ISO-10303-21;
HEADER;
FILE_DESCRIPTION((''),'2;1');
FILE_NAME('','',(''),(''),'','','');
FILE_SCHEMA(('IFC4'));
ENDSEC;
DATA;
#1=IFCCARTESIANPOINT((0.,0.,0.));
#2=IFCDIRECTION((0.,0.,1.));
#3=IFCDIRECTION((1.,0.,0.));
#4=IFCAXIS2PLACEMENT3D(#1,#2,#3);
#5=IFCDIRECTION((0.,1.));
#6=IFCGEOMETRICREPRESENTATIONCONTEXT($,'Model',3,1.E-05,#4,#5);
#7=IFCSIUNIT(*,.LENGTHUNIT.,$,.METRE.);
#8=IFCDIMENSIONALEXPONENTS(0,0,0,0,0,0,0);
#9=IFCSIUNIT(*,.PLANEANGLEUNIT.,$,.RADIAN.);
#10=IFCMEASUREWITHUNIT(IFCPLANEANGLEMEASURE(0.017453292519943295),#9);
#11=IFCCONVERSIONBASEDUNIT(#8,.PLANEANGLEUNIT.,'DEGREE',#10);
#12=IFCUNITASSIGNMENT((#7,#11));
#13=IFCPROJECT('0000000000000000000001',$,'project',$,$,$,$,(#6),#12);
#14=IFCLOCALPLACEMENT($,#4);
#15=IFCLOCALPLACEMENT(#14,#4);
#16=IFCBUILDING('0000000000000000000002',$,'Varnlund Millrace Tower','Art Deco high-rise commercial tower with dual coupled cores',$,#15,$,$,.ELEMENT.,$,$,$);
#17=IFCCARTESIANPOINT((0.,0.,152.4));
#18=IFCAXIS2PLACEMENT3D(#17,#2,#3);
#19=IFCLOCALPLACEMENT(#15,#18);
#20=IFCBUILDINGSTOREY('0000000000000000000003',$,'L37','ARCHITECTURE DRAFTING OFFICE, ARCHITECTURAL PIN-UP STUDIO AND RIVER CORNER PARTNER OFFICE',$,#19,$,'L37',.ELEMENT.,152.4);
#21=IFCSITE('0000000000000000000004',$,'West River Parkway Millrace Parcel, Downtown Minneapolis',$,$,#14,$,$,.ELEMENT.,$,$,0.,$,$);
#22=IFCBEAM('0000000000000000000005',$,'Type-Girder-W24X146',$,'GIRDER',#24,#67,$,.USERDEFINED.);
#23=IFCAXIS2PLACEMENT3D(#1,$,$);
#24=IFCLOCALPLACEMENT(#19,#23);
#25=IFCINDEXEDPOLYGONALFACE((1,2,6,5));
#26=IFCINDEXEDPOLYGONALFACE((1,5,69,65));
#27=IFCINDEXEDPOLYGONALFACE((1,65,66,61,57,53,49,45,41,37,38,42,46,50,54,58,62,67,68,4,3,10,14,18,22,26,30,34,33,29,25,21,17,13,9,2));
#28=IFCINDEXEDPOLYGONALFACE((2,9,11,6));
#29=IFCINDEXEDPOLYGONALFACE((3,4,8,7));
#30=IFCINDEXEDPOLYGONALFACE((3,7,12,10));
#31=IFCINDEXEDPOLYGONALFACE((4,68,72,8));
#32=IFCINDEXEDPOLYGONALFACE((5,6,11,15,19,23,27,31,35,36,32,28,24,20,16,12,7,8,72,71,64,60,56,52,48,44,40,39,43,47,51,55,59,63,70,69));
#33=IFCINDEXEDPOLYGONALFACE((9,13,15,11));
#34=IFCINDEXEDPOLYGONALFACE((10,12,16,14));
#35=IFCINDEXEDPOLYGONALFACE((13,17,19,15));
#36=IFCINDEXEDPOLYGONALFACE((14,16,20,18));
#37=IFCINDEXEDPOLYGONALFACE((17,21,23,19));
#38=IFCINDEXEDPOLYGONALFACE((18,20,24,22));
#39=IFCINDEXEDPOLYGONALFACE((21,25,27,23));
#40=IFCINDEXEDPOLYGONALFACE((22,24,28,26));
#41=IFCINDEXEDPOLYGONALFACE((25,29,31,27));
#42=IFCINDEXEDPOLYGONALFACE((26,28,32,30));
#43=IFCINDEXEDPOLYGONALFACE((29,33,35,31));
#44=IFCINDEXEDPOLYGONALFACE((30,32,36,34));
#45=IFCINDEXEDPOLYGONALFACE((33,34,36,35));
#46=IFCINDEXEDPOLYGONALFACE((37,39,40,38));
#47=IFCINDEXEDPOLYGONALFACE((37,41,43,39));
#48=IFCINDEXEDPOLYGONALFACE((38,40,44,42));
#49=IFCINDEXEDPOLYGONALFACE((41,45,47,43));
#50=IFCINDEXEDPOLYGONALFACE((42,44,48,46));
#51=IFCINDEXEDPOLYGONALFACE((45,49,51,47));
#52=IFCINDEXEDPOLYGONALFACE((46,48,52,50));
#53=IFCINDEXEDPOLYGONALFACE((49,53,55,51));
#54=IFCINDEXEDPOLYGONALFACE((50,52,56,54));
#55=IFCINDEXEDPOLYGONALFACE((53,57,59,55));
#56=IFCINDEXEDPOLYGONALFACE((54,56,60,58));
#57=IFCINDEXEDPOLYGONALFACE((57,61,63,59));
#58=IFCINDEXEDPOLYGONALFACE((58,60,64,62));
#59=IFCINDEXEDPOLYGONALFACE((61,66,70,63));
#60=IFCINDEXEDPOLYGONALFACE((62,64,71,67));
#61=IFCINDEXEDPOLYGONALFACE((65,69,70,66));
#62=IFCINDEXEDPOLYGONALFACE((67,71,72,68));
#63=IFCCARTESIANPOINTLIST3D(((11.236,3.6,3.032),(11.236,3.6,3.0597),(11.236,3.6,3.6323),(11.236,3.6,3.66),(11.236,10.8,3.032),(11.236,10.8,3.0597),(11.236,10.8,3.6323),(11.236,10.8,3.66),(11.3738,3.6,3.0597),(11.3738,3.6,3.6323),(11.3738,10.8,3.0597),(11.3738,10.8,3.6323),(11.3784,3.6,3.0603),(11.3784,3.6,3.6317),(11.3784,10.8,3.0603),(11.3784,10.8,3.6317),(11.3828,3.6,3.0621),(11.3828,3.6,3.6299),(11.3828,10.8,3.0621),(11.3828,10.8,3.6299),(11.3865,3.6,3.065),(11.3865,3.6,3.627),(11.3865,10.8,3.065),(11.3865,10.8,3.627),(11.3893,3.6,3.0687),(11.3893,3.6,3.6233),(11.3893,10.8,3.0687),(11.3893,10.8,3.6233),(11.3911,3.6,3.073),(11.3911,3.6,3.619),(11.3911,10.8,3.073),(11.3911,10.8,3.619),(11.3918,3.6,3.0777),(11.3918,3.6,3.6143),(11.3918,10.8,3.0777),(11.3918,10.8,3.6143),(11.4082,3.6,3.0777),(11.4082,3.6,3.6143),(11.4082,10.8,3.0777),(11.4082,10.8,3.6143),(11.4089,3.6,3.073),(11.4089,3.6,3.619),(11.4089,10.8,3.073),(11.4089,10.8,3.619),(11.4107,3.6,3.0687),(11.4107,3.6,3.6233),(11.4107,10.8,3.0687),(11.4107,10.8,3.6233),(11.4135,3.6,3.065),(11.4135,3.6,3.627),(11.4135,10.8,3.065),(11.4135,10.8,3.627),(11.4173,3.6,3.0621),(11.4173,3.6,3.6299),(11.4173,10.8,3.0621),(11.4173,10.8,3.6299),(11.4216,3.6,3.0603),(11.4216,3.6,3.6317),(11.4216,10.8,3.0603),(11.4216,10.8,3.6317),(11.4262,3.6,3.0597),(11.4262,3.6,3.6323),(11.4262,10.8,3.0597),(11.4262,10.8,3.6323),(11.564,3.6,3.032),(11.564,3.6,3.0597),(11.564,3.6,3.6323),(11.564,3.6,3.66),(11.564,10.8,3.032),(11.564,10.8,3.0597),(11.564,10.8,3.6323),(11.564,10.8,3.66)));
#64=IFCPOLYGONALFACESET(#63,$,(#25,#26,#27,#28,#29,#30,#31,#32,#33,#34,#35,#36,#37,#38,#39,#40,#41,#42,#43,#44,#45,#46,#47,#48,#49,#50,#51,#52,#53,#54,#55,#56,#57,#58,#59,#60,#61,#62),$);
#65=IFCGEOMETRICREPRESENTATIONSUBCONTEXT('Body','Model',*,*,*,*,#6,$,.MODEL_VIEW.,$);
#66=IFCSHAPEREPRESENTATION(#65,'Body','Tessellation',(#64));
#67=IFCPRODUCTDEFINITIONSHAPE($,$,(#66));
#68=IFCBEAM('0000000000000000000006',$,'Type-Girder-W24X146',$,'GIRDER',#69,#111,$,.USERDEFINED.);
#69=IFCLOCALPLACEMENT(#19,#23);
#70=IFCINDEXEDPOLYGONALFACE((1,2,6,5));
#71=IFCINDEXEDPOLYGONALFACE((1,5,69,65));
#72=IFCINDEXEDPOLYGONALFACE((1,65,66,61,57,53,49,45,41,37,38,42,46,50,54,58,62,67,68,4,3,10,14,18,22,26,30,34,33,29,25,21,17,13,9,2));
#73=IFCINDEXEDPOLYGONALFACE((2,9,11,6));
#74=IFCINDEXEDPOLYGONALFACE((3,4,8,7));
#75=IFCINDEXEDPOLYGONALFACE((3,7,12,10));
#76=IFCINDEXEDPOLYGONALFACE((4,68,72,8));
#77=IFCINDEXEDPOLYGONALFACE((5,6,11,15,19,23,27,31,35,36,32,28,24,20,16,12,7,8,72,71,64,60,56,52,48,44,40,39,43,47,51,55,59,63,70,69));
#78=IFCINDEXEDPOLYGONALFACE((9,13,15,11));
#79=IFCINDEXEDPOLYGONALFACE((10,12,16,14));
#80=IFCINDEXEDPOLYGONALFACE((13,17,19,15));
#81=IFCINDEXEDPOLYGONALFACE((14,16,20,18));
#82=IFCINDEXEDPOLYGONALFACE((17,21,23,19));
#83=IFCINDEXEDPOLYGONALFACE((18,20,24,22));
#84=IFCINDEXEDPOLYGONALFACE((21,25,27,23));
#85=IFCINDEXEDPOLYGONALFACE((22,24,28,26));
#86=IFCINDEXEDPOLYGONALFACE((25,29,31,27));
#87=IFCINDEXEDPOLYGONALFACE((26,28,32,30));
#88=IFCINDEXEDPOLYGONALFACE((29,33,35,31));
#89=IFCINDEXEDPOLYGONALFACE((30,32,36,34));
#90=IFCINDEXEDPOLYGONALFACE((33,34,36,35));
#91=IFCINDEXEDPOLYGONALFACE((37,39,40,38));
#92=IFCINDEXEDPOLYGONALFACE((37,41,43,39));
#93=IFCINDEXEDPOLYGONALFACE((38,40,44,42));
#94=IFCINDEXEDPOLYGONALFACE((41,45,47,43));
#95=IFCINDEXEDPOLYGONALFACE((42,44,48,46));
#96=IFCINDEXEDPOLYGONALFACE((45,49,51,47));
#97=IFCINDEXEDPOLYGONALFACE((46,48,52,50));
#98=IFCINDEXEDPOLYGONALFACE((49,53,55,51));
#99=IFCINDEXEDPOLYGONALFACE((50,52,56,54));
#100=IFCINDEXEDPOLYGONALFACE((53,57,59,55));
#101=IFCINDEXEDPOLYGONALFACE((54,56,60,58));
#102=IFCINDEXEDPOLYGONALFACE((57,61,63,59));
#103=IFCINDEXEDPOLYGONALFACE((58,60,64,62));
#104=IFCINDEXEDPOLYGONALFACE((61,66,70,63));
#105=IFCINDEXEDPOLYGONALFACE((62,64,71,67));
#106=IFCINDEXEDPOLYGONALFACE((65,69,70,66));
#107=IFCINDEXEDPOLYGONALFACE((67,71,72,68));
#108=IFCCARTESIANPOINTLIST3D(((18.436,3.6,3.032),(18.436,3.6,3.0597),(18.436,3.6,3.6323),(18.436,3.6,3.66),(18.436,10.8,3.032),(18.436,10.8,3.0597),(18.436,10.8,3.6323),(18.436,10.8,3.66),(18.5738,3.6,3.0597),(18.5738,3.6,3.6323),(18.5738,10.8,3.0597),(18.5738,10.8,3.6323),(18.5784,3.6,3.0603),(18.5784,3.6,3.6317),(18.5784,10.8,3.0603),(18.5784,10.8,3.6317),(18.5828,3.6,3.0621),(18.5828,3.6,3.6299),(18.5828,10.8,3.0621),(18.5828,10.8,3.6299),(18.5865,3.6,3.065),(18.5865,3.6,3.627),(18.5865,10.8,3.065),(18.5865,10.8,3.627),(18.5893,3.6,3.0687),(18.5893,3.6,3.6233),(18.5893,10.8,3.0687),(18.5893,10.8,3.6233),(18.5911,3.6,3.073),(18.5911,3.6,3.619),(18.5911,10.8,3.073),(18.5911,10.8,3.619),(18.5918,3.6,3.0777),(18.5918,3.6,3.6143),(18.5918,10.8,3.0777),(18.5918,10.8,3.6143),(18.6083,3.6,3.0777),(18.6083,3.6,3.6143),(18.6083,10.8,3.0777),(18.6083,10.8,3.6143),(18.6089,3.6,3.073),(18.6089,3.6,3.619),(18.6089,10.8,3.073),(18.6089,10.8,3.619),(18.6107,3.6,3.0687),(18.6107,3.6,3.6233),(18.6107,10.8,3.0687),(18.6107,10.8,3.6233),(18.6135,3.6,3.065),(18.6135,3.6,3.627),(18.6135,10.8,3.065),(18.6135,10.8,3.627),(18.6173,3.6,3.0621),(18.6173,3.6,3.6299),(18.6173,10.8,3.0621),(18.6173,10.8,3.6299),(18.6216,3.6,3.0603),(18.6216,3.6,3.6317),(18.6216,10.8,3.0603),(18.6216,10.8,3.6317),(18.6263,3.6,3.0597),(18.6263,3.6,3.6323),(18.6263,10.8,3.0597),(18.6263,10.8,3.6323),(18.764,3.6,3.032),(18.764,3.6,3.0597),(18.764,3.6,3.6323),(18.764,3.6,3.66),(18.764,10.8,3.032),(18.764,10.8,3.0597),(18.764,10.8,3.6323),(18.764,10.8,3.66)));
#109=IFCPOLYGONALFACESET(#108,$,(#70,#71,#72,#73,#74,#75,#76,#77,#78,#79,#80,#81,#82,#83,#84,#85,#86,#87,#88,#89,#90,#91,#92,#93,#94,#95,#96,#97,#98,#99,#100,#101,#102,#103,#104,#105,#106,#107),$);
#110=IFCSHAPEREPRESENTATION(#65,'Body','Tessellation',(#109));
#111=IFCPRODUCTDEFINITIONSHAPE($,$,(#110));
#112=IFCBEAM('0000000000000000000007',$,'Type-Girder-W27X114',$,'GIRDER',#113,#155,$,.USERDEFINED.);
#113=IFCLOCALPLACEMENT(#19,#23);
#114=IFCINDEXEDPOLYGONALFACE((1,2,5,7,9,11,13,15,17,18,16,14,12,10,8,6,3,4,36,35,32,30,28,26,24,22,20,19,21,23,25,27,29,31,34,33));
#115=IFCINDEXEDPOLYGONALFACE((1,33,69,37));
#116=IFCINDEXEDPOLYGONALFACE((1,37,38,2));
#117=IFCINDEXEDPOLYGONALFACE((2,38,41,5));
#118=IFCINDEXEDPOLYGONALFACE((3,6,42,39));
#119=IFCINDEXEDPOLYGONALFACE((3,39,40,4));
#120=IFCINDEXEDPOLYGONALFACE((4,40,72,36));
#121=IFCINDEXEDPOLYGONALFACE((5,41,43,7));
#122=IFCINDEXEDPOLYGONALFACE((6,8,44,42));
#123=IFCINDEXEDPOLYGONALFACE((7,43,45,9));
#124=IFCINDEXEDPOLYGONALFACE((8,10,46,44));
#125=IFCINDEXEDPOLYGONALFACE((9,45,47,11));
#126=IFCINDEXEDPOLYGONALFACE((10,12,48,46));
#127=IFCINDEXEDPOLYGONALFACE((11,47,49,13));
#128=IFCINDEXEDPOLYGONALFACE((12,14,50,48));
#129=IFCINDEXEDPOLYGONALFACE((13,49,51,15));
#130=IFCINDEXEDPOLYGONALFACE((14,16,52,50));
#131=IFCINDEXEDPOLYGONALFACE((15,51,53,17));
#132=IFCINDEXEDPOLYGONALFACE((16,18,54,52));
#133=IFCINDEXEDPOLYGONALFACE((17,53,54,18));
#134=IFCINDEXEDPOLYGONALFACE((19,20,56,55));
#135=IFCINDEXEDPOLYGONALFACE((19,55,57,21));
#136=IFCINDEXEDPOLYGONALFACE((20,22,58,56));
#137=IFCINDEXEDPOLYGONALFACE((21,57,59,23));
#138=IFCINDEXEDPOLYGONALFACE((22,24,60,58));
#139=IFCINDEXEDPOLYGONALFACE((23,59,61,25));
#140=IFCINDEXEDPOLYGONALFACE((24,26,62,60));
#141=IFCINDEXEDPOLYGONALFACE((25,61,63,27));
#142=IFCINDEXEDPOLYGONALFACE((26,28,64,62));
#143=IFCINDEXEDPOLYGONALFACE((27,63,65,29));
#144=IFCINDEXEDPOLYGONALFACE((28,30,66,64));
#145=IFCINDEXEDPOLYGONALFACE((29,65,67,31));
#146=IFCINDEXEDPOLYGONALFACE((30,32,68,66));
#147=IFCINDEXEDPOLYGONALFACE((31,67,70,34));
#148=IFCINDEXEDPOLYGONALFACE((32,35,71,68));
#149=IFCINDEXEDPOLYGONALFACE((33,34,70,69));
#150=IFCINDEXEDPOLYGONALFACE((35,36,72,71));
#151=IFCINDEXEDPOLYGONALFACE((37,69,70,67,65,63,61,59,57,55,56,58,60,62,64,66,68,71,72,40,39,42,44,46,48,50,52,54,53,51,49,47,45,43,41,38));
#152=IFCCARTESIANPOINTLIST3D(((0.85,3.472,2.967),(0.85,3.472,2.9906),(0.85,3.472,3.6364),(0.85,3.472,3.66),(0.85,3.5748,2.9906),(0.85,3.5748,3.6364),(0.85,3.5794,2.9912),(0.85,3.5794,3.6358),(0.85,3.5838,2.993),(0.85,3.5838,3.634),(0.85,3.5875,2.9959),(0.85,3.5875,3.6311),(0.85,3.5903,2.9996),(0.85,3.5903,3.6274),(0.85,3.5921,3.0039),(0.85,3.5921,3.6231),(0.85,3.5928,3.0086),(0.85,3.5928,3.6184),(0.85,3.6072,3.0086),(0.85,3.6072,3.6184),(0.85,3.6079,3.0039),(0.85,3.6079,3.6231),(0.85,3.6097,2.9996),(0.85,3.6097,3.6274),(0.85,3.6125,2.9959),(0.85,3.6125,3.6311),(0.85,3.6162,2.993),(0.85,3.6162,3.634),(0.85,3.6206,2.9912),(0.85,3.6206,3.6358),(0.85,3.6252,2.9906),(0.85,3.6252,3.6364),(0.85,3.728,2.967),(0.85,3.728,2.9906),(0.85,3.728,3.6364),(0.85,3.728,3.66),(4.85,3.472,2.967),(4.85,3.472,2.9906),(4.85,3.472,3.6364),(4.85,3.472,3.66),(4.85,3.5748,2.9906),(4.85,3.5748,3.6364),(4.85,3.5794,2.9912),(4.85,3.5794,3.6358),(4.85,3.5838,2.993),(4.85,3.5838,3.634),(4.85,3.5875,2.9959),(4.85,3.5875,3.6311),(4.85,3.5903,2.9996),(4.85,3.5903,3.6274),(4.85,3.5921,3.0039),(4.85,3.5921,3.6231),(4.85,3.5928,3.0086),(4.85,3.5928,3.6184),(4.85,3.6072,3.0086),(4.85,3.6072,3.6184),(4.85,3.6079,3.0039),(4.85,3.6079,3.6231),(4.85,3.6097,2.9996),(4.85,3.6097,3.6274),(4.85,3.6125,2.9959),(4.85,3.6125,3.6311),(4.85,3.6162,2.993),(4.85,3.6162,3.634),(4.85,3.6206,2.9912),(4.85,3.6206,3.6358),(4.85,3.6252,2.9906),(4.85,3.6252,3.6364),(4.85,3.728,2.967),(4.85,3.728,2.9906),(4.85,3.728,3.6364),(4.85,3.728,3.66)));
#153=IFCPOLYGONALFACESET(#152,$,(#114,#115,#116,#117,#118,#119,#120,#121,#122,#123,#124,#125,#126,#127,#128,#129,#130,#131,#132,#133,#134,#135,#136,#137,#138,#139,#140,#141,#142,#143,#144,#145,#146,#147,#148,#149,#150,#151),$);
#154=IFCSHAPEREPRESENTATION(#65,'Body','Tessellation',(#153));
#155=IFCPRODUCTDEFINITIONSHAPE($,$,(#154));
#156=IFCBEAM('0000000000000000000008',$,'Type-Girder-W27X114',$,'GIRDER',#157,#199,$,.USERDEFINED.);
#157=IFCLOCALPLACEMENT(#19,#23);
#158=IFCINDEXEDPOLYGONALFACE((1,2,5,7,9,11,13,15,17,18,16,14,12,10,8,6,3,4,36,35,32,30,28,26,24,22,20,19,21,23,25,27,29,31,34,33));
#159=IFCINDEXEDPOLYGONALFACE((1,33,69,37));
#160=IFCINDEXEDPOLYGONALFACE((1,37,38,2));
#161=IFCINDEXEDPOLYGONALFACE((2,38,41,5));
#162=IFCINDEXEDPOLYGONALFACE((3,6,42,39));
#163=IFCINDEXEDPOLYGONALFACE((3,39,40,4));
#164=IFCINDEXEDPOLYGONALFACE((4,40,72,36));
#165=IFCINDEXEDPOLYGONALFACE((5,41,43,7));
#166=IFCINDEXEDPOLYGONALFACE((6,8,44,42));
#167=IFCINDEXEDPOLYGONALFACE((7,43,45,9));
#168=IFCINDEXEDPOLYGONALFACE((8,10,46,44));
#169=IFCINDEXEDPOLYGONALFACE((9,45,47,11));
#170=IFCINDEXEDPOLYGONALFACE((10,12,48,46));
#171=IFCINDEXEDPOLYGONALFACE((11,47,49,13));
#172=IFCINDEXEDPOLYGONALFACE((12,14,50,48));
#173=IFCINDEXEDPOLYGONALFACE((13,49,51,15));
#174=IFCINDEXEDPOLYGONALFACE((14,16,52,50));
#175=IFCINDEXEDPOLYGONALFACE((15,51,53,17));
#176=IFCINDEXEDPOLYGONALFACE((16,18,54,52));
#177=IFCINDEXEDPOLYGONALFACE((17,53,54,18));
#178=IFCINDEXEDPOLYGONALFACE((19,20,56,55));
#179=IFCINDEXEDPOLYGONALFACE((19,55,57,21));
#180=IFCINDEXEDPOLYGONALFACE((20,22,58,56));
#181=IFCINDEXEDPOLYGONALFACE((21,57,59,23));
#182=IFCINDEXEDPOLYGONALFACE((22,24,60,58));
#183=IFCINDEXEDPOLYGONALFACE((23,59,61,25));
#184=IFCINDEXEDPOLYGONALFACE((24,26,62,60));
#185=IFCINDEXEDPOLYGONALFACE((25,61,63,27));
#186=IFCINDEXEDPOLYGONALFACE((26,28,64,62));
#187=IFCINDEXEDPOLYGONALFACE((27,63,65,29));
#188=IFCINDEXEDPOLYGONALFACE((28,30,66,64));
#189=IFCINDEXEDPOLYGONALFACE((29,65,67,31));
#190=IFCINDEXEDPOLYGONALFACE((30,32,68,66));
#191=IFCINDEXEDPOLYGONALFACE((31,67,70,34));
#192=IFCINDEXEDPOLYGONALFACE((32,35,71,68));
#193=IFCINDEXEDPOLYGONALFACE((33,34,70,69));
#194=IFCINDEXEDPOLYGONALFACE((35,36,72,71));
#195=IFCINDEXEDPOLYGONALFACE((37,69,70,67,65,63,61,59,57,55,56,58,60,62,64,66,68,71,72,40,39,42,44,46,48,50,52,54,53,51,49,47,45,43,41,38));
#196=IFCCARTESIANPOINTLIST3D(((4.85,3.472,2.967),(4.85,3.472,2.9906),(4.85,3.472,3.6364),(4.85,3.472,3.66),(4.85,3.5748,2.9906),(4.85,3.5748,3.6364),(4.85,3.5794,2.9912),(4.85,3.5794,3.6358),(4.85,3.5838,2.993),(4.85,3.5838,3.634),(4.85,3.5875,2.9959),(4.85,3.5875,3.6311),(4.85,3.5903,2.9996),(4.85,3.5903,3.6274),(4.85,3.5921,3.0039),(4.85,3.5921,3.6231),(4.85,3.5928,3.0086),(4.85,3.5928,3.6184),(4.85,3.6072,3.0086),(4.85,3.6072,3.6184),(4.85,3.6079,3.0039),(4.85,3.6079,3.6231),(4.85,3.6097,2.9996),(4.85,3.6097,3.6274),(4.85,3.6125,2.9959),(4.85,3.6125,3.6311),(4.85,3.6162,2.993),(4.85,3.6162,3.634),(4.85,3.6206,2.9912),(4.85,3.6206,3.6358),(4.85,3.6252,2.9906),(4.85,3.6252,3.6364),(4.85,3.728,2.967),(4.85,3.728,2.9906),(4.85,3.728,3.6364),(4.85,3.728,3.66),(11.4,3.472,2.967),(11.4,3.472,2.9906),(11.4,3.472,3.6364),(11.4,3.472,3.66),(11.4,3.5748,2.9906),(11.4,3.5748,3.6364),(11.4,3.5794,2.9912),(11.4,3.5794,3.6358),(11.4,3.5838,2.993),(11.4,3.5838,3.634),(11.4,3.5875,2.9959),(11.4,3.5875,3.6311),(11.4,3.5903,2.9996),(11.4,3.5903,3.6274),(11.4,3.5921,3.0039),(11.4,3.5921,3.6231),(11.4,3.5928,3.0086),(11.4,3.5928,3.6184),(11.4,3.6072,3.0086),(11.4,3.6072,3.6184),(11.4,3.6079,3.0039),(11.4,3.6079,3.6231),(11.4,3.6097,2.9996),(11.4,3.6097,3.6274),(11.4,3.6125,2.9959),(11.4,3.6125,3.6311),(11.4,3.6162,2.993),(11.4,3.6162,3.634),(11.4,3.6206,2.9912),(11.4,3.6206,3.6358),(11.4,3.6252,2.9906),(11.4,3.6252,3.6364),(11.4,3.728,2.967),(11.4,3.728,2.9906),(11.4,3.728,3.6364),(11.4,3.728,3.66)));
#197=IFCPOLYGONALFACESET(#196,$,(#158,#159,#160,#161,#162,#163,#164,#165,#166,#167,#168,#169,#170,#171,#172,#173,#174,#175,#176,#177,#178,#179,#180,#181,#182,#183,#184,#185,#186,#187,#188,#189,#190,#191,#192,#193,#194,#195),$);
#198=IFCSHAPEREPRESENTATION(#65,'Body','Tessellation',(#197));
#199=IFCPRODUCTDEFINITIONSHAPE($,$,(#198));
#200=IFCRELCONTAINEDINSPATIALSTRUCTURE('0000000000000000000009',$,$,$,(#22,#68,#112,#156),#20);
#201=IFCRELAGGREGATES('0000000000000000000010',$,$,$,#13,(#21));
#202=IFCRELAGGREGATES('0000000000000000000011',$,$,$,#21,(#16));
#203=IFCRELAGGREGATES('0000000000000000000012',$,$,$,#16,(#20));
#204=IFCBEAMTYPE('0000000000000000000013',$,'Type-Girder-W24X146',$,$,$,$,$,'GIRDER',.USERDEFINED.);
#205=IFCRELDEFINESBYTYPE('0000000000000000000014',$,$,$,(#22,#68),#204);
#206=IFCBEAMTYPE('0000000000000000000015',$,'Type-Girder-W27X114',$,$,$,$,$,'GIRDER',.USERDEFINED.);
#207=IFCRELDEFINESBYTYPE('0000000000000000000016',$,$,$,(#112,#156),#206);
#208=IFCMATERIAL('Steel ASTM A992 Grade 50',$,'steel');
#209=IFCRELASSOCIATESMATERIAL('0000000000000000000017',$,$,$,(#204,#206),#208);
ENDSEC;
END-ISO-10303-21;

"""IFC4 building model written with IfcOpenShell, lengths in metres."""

from ifc_helpers import new_model, entity, si_unit, converted_unit, direction, frame, origin_with_axes, origin_2d_with_axis, place, context, subcontext, project, spatial, i_section, extrude, material, material_profile, profile_set, type_object, element, save


model = new_model("IFC4")

# Units and contexts
model_context = context("Model", 3, precision=1e-05, world=origin_with_axes(), true_north=direction((0.0, 1.0)))
body_context = subcontext(model_context, "Body", "Model", "MODEL_VIEW")
ifc_project = project(units=[si_unit("LENGTHUNIT", "METRE"), converted_unit("PLANEANGLEUNIT", "DEGREE", entity("IfcPlaneAngleMeasure", 0.017453292519943295), si_unit("PLANEANGLEUNIT", "RADIAN"), dimensions=[0, 0, 0, 0, 0, 0, 0])], contexts=[model_context])

# Site, building, storey
site_placement = place(None, origin_with_axes())
site = spatial("IfcSite", under=ifc_project, at=site_placement, Name="West River Parkway Millrace Parcel, Downtown Minneapolis", CompositionType="ELEMENT", RefElevation=0.0)
building_placement = place(site_placement, origin_with_axes())
building = spatial("IfcBuilding", under=site, at=building_placement, Name="Varnlund Millrace Tower", Description="Art Deco high-rise commercial tower with dual coupled cores", CompositionType="ELEMENT")
storey_placement = place(building_placement, frame((0.0, 0.0, 152.4), z_axis=(0.0, 0.0, 1.0), x_axis=(1.0, 0.0, 0.0)))
storey = spatial("IfcBuildingStorey", under=building, at=storey_placement, Name="L37", Description="ARCHITECTURE DRAFTING OFFICE, ARCHITECTURAL PIN-UP STUDIO AND RIVER CORNER PARTNER OFFICE", LongName="L37", CompositionType="ELEMENT", Elevation=152.4)

# Beams
ifc_material_1 = material(Name="Steel ASTM A992 Grade 50", Category="steel")
ifc_material_profile_1 = material_profile(ifc_material_1, i_section(OverallWidth=0.328, OverallDepth=0.628, WebThickness=0.0165, FlangeThickness=0.0277, FilletRadius=0.018, at=origin_2d_with_axis()), Name="Steel ASTM A992 Grade 50")
ifc_profile_set_1 = profile_set([ifc_material_profile_1], Name="Steel ASTM A992 Grade 50")
beam_type_1 = type_object("IfcBeamType", Name="Type-Girder-W24X146", ElementType="GIRDER", PredefinedType="USERDEFINED", material=ifc_profile_set_1)
for number, where, z_axis, x_axis, name in (
    (1, (11.4, 3.6, 3.346), (0.0, 1.0, 0.0), (-1.0, 0.0, 0.0), "Type-Girder-W24X146"),
    (2, (18.6, 3.6, 3.346), (0.0, 1.0, 0.0), (-1.0, 0.0, 0.0), "Type-Girder-W24X146"),
):
    element("IfcBeam", number, at=place(storey_placement, frame(where, z_axis=z_axis, x_axis=x_axis)), inside=storey, type_object=beam_type_1, Name=name, ObjectType="GIRDER", PredefinedType="USERDEFINED", context=body_context, shape_type="SweptSolid", body=[
        extrude(i_section(OverallWidth=0.328, OverallDepth=0.628, WebThickness=0.0165, FlangeThickness=0.0277, FilletRadius=0.018, at=origin_2d_with_axis()), origin_with_axes(), (0.0, 0.0, 1.0), 7.2),
    ])
ifc_material_profile_2 = material_profile(ifc_material_1, i_section(OverallWidth=0.256, OverallDepth=0.693, WebThickness=0.0145, FlangeThickness=0.0236, FilletRadius=0.018, at=origin_2d_with_axis()), Name="Steel ASTM A992 Grade 50")
ifc_profile_set_2 = profile_set([ifc_material_profile_2], Name="Steel ASTM A992 Grade 50")
beam_type_2 = type_object("IfcBeamType", Name="Type-Girder-W27X114", ElementType="GIRDER", PredefinedType="USERDEFINED", material=ifc_profile_set_2)
beam_1_placement = place(storey_placement, frame((0.85, 3.6, 3.3135), z_axis=(1.0, 0.0, 0.0), x_axis=(0.0, 1.0, 0.0)))
element("IfcBeam", 3, at=beam_1_placement, inside=storey, type_object=beam_type_2, Name="Type-Girder-W27X114", ObjectType="GIRDER", PredefinedType="USERDEFINED", context=body_context, shape_type="SweptSolid", body=[
    extrude(i_section(OverallWidth=0.256, OverallDepth=0.693, WebThickness=0.0145, FlangeThickness=0.0236, FilletRadius=0.018, at=origin_2d_with_axis()), origin_with_axes(), (0.0, 0.0, 1.0), 4.0),
])
beam_2_placement = place(storey_placement, frame((4.85, 3.6, 3.3135), z_axis=(1.0, 0.0, 0.0), x_axis=(0.0, 1.0, 0.0)))
element("IfcBeam", 4, at=beam_2_placement, inside=storey, type_object=beam_type_2, Name="Type-Girder-W27X114", ObjectType="GIRDER", PredefinedType="USERDEFINED", context=body_context, shape_type="SweptSolid", body=[
    extrude(i_section(OverallWidth=0.256, OverallDepth=0.693, WebThickness=0.0145, FlangeThickness=0.0236, FilletRadius=0.018, at=origin_2d_with_axis()), origin_with_axes(), (0.0, 0.0, 1.0), 6.55),
])

save(model, "model.ifc")
